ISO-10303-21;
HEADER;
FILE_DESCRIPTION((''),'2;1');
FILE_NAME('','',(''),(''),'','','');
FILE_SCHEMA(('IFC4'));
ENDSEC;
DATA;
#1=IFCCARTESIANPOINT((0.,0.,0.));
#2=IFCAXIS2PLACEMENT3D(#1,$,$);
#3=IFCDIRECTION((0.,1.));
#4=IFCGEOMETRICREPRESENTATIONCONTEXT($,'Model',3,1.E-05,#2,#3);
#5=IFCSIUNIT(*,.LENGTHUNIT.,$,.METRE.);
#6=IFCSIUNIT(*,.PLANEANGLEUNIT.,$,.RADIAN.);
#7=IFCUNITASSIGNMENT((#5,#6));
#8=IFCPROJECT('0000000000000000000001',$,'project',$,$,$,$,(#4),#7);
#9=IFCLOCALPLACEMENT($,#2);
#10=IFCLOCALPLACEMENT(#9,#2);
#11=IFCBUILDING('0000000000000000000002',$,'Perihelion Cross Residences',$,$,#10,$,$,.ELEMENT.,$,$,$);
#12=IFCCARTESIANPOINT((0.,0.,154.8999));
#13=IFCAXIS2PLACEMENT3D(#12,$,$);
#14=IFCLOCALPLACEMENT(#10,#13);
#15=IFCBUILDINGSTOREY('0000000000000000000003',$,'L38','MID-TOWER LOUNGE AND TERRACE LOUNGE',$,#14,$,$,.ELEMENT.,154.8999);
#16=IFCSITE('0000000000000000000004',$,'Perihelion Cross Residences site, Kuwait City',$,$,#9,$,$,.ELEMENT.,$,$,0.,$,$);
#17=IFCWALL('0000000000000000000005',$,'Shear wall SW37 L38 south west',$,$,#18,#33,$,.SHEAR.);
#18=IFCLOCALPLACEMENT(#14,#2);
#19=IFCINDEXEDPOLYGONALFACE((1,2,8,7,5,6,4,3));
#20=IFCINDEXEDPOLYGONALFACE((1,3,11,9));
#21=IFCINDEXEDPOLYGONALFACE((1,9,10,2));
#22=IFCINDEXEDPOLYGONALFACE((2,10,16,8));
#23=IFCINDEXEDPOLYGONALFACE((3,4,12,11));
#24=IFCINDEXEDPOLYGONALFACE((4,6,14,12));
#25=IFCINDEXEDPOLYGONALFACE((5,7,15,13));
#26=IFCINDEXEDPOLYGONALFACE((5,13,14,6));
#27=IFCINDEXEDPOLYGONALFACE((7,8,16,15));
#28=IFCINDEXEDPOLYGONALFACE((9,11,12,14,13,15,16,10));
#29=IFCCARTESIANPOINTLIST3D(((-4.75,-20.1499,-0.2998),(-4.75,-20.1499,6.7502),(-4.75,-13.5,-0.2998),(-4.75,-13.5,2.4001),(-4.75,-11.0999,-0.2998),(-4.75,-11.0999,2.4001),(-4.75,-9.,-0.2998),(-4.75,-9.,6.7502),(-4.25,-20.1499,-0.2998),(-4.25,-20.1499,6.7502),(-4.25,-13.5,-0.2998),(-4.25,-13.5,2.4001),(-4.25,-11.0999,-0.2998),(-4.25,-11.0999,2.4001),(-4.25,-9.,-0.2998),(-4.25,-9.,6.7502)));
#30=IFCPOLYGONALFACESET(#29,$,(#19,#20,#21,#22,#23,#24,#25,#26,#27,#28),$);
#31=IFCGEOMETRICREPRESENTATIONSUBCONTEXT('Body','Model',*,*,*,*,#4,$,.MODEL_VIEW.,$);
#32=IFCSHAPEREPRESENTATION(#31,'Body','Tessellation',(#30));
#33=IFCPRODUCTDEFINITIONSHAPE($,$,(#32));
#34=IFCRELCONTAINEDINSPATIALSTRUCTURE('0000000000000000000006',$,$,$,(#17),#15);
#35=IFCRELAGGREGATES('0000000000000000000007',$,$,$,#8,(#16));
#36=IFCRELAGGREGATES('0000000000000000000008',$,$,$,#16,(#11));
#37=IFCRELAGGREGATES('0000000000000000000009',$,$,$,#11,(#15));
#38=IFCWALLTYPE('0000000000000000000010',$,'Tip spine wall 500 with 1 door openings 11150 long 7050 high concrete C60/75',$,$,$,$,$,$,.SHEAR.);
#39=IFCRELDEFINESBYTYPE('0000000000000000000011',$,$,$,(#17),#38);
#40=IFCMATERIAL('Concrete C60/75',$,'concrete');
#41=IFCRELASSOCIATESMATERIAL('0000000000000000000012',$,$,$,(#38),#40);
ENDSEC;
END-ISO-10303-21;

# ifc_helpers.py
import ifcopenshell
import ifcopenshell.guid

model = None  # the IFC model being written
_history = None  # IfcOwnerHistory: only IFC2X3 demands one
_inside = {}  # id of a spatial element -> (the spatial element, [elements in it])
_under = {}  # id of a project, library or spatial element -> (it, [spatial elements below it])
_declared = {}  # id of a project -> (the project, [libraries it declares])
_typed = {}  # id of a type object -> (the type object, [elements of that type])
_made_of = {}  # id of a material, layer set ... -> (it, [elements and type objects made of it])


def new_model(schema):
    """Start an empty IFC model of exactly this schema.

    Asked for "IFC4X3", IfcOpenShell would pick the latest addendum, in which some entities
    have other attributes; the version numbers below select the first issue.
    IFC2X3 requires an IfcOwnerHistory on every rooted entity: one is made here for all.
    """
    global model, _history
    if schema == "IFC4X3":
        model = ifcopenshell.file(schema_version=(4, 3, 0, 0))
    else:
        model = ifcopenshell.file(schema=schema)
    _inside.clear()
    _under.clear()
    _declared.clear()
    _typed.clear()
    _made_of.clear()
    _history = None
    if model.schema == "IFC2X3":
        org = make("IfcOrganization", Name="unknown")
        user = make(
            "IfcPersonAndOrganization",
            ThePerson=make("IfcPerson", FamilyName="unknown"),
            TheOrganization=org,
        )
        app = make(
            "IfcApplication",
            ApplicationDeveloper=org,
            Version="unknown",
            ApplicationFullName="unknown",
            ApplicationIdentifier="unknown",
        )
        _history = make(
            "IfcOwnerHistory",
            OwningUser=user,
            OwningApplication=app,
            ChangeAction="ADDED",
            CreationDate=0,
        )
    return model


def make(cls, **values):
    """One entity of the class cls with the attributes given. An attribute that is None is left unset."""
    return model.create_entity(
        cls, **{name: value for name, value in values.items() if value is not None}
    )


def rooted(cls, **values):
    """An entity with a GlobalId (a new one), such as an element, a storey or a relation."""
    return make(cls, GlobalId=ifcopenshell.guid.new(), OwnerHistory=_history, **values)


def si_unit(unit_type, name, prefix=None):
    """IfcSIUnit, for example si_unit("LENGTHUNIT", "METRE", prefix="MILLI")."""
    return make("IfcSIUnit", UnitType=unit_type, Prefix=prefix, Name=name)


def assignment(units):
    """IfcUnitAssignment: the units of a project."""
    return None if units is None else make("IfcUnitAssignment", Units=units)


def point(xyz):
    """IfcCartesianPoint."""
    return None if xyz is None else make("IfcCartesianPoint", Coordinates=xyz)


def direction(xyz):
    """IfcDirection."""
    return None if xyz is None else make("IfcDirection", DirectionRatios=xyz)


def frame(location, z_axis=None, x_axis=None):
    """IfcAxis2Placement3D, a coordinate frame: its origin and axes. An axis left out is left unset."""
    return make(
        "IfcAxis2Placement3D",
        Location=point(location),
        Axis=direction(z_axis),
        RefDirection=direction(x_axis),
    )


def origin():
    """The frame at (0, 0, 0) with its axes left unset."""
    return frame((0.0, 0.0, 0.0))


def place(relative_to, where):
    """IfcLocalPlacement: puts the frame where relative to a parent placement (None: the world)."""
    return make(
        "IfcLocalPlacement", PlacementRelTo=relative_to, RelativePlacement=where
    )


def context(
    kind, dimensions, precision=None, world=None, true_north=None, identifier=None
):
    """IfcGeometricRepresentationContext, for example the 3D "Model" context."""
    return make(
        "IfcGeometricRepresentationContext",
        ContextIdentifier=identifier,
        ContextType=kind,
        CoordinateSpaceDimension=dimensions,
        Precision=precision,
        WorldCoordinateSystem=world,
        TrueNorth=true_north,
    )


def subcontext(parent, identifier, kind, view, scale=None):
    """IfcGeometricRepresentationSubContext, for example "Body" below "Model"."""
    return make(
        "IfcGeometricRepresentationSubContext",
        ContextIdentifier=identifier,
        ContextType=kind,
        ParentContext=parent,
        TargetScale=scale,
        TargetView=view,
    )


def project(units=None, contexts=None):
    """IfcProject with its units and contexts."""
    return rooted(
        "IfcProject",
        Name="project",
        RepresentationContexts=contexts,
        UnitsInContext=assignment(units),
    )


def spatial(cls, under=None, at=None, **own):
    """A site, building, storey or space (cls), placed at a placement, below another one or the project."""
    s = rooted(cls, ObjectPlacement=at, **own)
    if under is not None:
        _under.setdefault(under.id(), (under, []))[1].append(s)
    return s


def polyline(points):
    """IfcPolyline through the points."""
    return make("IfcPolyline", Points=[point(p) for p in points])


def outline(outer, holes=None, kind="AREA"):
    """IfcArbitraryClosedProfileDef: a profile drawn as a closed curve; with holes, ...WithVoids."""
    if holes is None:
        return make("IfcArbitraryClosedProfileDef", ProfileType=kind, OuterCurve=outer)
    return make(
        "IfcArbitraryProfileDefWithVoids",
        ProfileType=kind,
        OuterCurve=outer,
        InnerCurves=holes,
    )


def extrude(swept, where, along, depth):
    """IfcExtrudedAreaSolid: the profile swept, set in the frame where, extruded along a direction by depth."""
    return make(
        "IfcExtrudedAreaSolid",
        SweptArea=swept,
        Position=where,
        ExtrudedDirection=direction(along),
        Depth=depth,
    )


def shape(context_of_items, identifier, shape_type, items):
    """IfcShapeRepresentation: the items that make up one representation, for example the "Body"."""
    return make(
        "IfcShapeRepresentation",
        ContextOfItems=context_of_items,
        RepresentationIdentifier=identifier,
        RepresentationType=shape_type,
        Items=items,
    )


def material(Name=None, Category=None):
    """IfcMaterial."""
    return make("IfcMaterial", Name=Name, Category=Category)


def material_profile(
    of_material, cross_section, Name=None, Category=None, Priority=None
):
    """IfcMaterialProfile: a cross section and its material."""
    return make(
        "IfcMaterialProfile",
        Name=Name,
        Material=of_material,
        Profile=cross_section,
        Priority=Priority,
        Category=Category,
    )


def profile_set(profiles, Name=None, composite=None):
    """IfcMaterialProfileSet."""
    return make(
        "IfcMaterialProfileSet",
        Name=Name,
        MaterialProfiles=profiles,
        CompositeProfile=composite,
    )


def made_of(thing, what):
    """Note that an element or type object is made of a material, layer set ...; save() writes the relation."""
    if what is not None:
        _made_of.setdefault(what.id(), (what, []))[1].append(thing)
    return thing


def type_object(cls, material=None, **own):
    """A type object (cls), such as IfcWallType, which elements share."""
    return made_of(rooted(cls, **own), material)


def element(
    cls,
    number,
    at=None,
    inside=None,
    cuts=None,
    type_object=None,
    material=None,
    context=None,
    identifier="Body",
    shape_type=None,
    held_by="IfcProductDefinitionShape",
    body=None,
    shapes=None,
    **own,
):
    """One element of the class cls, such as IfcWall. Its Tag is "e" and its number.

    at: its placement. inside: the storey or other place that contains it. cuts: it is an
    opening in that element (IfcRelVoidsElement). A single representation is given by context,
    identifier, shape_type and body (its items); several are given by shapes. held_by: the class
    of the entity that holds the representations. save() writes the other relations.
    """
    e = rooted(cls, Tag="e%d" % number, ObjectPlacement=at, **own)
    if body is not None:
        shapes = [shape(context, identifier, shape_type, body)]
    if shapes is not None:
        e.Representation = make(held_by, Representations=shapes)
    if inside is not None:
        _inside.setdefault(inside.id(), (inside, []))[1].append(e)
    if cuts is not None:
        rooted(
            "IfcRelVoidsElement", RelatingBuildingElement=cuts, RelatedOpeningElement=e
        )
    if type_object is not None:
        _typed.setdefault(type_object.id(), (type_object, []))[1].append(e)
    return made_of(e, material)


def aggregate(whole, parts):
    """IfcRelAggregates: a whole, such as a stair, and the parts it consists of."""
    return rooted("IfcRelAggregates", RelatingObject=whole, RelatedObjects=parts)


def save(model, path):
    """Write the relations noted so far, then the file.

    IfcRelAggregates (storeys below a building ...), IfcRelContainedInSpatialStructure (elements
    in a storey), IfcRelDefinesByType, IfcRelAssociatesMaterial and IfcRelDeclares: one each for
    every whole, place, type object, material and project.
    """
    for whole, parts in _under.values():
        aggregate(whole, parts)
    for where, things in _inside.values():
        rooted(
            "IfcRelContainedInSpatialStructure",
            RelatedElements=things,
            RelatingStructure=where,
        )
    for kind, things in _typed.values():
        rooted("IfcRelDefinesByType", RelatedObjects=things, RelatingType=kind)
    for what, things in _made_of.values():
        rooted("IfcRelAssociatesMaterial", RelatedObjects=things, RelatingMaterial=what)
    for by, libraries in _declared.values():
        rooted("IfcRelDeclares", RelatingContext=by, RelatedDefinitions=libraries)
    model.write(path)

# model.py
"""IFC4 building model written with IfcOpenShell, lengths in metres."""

from ifc_helpers import new_model, si_unit, direction, frame, origin, place, context, subcontext, project, spatial, polyline, outline, extrude, material, material_profile, profile_set, type_object, element, save


model = new_model("IFC4")

# Units and contexts
model_context = context("Model", 3, precision=1e-05, world=origin(), true_north=direction((0.0, 1.0)))
body_context = subcontext(model_context, "Body", "Model", "MODEL_VIEW")
ifc_project = project(units=[si_unit("LENGTHUNIT", "METRE"), si_unit("PLANEANGLEUNIT", "RADIAN")], contexts=[model_context])

# Site, building, storey
site_placement = place(None, origin())
site = spatial("IfcSite", under=ifc_project, at=site_placement, Name="Perihelion Cross Residences site, Kuwait City", CompositionType="ELEMENT", RefElevation=0.0)
building_placement = place(site_placement, origin())
building = spatial("IfcBuilding", under=site, at=building_placement, Name="Perihelion Cross Residences", CompositionType="ELEMENT")
storey_placement = place(building_placement, frame((0.0, 0.0, 154.8999)))
storey = spatial("IfcBuildingStorey", under=building, at=storey_placement, Name="L38", Description="MID-TOWER LOUNGE AND TERRACE LOUNGE", CompositionType="ELEMENT", Elevation=154.8999)

# Wall
ifc_material_1 = material(Name="Concrete C60/75", Category="concrete")
ifc_material_profile_1 = material_profile(ifc_material_1, outline(polyline([(0.0, 0.0), (6.6499, 0.0), (6.6499, 2.7), (9.05, 2.7), (9.05, 0.0), (11.1499, 0.0), (11.1499, 7.05), (0.0, 7.05), (0.0, 0.0)])), Name="Tip spine wall")
ifc_profile_set_1 = profile_set([ifc_material_profile_1], Name="Concrete C60/75")
wall_type_1 = type_object("IfcWallType", Name="Tip spine wall 500 with 1 door openings 11150 long 7050 high concrete C60/75", PredefinedType="SHEAR", material=ifc_profile_set_1)
wall_1_placement = place(storey_placement, frame((-4.75, -20.1499, -0.2998), z_axis=(1.0, 0.0, 0.0), x_axis=(0.0, 1.0, 0.0)))
element("IfcWall", 1, at=wall_1_placement, inside=storey, type_object=wall_type_1, Name="Shear wall SW37 L38 south west", PredefinedType="SHEAR", context=body_context, shape_type="SweptSolid", body=[
    extrude(outline(polyline([(0.0, 0.0), (6.6499, 0.0), (6.6499, 2.7), (9.05, 2.7), (9.05, 0.0), (11.1499, 0.0), (11.1499, 7.05), (0.0, 7.05), (0.0, 0.0)])), origin(), (0.0, 0.0, 1.0), 0.5),
])

save(model, "model.ifc")
